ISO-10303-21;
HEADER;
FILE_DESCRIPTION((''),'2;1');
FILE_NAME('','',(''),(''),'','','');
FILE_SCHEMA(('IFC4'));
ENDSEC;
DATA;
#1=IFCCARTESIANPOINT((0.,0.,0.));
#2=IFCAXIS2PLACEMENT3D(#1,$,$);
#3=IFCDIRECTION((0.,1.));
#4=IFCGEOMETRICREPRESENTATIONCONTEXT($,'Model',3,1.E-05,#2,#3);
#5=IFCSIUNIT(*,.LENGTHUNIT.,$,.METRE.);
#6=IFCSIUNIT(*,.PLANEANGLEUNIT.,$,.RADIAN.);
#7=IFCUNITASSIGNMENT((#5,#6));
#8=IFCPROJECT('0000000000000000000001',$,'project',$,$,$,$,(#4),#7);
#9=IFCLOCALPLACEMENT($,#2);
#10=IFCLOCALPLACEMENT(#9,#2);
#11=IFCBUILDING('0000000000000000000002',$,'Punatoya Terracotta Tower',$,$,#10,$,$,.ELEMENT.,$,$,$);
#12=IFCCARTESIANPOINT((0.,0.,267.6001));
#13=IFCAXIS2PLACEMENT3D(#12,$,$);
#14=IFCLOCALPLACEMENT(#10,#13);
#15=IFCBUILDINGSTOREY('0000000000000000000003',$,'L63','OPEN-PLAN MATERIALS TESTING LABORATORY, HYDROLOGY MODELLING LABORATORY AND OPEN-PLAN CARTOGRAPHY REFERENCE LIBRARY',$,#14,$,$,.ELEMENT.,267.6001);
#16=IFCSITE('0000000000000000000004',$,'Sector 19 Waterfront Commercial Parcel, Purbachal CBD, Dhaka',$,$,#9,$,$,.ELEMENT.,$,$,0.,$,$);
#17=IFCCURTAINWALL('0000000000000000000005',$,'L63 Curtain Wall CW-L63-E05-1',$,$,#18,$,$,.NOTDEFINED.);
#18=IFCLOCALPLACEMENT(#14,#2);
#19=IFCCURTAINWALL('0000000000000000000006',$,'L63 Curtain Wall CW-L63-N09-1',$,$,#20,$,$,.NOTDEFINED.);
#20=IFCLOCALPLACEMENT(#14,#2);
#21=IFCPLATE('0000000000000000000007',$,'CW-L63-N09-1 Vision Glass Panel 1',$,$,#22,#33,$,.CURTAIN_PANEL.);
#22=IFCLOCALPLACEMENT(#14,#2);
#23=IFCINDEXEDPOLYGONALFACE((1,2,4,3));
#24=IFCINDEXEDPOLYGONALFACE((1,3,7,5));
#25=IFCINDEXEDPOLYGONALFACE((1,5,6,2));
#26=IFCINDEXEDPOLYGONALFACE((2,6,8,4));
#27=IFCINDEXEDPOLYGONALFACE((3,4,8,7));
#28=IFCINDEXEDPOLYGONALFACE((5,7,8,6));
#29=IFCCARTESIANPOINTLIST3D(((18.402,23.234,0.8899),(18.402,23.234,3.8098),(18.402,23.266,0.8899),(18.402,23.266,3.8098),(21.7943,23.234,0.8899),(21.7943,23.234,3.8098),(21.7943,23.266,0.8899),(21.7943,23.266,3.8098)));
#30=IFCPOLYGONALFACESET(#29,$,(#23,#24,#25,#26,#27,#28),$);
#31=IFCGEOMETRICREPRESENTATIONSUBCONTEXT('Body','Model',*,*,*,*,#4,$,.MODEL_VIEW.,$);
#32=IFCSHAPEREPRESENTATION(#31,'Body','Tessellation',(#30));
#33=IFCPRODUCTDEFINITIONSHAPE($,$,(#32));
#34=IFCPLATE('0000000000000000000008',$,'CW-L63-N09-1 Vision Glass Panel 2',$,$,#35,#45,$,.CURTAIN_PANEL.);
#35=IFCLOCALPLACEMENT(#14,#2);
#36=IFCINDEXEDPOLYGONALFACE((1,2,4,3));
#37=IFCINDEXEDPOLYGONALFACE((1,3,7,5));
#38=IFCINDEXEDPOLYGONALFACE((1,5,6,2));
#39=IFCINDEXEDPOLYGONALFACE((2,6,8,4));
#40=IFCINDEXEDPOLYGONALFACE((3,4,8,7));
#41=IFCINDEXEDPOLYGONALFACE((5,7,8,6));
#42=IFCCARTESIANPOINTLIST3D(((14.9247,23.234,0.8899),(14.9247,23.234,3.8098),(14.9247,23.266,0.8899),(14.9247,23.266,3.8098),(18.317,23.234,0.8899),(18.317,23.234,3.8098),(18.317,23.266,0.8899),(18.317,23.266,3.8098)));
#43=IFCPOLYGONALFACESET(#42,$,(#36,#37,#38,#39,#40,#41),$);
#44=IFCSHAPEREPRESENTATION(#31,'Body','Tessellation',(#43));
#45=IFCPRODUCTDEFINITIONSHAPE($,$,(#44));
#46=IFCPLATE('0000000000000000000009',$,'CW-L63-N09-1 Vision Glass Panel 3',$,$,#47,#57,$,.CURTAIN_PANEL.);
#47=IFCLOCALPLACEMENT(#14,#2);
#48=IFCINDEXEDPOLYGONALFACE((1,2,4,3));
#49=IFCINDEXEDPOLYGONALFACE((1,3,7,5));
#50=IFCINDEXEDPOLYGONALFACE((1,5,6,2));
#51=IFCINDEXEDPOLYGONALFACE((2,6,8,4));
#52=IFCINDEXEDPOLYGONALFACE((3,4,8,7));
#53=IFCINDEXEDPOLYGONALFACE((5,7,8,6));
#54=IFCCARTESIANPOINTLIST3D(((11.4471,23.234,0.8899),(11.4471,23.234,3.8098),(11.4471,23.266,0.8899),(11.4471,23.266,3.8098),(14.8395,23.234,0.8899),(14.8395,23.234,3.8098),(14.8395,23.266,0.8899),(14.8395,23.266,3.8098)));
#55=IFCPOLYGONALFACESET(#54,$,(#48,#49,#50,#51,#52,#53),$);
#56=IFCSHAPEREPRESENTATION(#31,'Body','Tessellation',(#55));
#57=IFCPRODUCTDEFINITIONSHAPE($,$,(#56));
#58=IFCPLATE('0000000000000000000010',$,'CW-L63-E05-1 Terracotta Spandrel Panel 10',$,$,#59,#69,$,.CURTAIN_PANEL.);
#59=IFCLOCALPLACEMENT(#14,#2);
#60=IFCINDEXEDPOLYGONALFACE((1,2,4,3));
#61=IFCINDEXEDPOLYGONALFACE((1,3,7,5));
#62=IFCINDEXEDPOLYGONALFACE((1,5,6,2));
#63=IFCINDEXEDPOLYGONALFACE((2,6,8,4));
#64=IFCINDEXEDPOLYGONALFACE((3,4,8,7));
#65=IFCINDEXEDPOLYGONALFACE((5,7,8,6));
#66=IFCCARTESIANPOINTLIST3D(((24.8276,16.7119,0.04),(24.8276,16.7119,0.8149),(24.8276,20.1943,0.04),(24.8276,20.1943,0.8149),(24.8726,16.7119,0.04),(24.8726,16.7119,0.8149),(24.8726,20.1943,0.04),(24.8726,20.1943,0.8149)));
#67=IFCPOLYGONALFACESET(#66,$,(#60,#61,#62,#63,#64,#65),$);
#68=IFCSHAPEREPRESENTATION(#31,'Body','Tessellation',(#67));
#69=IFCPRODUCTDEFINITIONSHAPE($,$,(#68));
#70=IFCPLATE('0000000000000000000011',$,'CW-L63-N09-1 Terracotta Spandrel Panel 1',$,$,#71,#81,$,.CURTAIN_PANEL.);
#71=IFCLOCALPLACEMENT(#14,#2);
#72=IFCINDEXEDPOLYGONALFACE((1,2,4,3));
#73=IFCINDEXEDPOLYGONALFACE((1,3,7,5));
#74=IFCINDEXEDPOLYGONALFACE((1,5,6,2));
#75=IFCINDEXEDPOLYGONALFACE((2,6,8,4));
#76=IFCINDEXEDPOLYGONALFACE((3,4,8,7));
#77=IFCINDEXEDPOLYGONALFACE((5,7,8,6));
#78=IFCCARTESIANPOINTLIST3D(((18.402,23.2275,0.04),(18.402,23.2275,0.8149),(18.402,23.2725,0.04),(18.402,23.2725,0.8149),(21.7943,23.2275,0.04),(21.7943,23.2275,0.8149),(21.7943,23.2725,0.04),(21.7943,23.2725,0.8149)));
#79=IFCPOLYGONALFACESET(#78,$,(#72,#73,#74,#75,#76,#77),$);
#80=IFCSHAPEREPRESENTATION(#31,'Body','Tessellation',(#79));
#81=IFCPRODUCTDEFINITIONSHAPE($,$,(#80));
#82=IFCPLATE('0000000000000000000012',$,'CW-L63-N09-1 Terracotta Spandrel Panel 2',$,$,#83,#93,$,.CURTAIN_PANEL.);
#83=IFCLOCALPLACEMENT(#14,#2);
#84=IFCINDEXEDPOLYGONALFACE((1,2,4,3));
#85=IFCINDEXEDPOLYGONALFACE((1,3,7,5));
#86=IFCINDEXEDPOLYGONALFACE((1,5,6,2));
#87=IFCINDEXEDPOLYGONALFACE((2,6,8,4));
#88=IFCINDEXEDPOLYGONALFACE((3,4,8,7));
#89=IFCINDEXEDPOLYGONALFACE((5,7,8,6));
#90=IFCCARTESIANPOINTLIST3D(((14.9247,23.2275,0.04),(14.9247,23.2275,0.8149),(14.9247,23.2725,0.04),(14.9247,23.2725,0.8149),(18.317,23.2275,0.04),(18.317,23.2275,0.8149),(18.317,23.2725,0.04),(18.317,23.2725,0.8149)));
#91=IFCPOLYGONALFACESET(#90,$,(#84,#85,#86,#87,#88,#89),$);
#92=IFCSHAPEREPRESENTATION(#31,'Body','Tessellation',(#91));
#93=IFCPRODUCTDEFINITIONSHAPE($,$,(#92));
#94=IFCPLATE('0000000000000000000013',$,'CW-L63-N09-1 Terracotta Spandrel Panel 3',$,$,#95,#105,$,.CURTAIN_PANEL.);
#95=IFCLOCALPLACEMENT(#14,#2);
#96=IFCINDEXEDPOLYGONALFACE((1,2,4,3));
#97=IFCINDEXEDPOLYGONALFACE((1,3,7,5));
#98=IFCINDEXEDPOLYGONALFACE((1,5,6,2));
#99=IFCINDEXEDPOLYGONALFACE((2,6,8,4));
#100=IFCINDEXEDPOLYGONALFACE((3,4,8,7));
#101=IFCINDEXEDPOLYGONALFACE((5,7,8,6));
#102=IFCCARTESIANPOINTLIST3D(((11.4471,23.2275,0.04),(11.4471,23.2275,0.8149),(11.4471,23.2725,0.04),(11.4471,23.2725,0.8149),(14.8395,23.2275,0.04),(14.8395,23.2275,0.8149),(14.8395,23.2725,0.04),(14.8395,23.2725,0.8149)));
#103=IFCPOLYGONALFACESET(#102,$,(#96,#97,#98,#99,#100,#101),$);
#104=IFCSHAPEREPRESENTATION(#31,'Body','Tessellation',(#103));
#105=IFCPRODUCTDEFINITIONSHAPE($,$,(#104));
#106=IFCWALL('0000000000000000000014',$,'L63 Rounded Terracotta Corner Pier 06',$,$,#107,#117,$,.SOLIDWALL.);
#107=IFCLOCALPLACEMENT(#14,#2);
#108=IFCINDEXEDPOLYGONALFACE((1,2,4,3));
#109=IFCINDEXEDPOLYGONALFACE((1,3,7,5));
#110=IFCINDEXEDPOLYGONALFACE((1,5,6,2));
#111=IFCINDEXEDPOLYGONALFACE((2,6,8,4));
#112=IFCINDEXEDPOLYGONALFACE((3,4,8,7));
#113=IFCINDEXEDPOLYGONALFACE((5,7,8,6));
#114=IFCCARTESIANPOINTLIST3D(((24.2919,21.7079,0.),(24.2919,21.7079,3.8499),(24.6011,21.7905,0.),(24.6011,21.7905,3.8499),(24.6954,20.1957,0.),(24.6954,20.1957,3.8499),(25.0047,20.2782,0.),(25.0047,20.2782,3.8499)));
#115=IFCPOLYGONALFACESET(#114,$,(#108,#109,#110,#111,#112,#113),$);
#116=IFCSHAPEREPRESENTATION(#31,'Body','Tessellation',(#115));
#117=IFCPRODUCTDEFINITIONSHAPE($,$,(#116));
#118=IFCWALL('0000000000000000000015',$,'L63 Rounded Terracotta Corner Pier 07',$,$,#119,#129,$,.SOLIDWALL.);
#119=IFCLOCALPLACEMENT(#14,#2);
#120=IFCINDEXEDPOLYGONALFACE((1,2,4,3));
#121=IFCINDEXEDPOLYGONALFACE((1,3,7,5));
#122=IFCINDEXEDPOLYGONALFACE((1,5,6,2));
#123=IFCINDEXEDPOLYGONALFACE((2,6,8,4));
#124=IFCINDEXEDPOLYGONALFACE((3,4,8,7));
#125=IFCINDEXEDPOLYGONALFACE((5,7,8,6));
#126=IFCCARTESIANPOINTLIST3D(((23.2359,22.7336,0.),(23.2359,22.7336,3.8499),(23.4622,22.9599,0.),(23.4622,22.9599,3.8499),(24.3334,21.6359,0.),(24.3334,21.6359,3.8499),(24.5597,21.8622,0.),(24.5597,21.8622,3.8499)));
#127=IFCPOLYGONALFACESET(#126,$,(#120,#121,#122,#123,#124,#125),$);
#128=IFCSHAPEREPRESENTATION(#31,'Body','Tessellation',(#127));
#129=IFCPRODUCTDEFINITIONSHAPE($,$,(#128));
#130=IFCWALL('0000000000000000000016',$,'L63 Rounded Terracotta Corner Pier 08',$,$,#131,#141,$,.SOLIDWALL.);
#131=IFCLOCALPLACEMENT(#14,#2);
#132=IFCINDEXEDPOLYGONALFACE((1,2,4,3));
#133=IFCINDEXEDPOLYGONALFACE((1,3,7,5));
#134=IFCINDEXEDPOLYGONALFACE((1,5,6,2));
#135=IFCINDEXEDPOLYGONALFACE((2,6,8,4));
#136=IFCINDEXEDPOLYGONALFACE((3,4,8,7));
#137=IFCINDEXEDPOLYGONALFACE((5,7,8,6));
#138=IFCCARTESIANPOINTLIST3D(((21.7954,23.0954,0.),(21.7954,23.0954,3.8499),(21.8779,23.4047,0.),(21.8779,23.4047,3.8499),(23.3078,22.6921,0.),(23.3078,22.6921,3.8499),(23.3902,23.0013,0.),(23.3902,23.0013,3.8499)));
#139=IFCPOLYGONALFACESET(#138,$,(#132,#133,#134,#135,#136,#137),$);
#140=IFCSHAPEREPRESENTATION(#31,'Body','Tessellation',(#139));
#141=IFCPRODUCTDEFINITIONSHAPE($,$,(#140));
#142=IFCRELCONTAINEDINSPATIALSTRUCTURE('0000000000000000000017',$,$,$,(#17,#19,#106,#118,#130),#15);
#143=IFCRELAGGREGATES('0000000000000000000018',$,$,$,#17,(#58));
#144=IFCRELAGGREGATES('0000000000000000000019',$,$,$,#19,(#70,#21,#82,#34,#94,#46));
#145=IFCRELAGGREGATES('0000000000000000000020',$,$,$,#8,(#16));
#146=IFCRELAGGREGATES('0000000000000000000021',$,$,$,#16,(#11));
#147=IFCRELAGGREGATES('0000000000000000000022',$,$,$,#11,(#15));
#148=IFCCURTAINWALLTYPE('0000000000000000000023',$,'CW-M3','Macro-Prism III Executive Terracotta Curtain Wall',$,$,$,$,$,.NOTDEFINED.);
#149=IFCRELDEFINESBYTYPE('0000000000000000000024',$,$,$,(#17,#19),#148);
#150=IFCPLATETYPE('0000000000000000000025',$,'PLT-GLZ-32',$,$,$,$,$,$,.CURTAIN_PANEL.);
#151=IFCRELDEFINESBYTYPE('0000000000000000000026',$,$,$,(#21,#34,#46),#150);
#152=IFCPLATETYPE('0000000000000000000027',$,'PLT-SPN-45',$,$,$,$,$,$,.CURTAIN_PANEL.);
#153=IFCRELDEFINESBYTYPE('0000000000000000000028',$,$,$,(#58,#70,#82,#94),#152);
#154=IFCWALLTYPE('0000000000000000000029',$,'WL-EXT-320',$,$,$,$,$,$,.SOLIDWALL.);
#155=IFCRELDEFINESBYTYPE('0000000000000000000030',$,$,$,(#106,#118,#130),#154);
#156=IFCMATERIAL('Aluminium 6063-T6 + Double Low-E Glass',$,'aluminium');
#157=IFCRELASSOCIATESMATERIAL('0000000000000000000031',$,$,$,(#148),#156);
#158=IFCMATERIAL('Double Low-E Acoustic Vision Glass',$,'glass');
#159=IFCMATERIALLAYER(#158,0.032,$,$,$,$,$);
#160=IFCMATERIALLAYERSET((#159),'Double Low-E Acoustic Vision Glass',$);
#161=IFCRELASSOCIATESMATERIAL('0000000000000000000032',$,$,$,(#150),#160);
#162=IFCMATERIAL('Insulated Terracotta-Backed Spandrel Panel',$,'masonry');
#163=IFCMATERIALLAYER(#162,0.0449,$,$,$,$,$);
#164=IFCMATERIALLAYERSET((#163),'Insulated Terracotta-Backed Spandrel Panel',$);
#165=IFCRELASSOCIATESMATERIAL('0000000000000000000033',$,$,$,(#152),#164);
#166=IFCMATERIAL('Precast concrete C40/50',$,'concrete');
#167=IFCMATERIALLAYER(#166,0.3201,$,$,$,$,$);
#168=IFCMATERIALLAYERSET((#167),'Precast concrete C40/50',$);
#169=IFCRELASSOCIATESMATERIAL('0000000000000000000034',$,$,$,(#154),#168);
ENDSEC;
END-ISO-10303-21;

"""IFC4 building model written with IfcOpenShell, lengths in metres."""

from ifc_helpers import new_model, si_unit, direction, frame, frame_2d, origin, origin_2d, place, context, subcontext, project, spatial, rectangle, extrude, material, layer, layer_set, type_object, element, aggregate, save


model = new_model("IFC4")

# Units and contexts
model_context = context("Model", 3, precision=1e-05, world=origin(), true_north=direction((0.0, 1.0)))
body_context = subcontext(model_context, "Body", "Model", "MODEL_VIEW")
ifc_project = project(units=[si_unit("LENGTHUNIT", "METRE"), si_unit("PLANEANGLEUNIT", "RADIAN")], contexts=[model_context])

# Site, building, storey
site_placement = place(None, origin())
site = spatial("IfcSite", under=ifc_project, at=site_placement, Name="Sector 19 Waterfront Commercial Parcel, Purbachal CBD, Dhaka", CompositionType="ELEMENT", RefElevation=0.0)
building_placement = place(site_placement, origin())
building = spatial("IfcBuilding", under=site, at=building_placement, Name="Punatoya Terracotta Tower", CompositionType="ELEMENT")
storey_placement = place(building_placement, frame((0.0, 0.0, 267.6001)))
storey = spatial("IfcBuildingStorey", under=building, at=storey_placement, Name="L63", Description="OPEN-PLAN MATERIALS TESTING LABORATORY, HYDROLOGY MODELLING LABORATORY AND OPEN-PLAN CARTOGRAPHY REFERENCE LIBRARY", CompositionType="ELEMENT", Elevation=267.6001)

# Curtain wall
ifc_material_1 = material(Name="Aluminium 6063-T6 + Double Low-E Glass", Category="aluminium")
curtain_wall_type = type_object("IfcCurtainWallType", Name="CW-M3", Description="Macro-Prism III Executive Terracotta Curtain Wall", PredefinedType="NOTDEFINED", material=ifc_material_1)
curtain_wall_1_placement = place(storey_placement, origin())
curtain_wall_1 = element("IfcCurtainWall", 1, at=curtain_wall_1_placement, inside=storey, type_object=curtain_wall_type, Name="L63 Curtain Wall CW-L63-E05-1", PredefinedType="NOTDEFINED")

# Curtain wall
curtain_wall_2_placement = place(storey_placement, origin())
curtain_wall_2 = element("IfcCurtainWall", 2, at=curtain_wall_2_placement, inside=storey, type_object=curtain_wall_type, Name="L63 Curtain Wall CW-L63-N09-1", PredefinedType="NOTDEFINED")

# Plates
ifc_material_2 = material(Name="Double Low-E Acoustic Vision Glass", Category="glass")
ifc_layer_1 = layer(ifc_material_2, 0.032)
ifc_layer_set_1 = layer_set([ifc_layer_1], Name="Double Low-E Acoustic Vision Glass")
plate_type_1 = type_object("IfcPlateType", Name="PLT-GLZ-32", PredefinedType="CURTAIN_PANEL", material=ifc_layer_set_1)
plate_1_placement = place(storey_placement, frame((20.0981, 23.25, 0.8899), z_axis=(0.0, 0.0, 1.0), x_axis=(-1.0, 0.0, 0.0)))
plate_1 = element("IfcPlate", 3, at=plate_1_placement, type_object=plate_type_1, Name="CW-L63-N09-1 Vision Glass Panel 1", PredefinedType="CURTAIN_PANEL", context=body_context, shape_type="SweptSolid", body=[
    extrude(rectangle(XDim=3.3923, YDim=0.032, at=origin_2d()), origin(), (0.0, 0.0, 1.0), 2.9199),
])
plate_2_placement = place(storey_placement, frame((16.6208, 23.25, 0.8899), z_axis=(0.0, 0.0, 1.0), x_axis=(-1.0, 0.0, 0.0)))
plate_2 = element("IfcPlate", 4, at=plate_2_placement, type_object=plate_type_1, Name="CW-L63-N09-1 Vision Glass Panel 2", PredefinedType="CURTAIN_PANEL", context=body_context, shape_type="SweptSolid", body=[
    extrude(rectangle(XDim=3.3923, YDim=0.032, at=origin_2d()), origin(), (0.0, 0.0, 1.0), 2.9199),
])
plate_3_placement = place(storey_placement, frame((13.1433, 23.25, 0.8899), z_axis=(0.0, 0.0, 1.0), x_axis=(-1.0, 0.0, 0.0)))
plate_3 = element("IfcPlate", 5, at=plate_3_placement, type_object=plate_type_1, Name="CW-L63-N09-1 Vision Glass Panel 3", PredefinedType="CURTAIN_PANEL", context=body_context, shape_type="SweptSolid", body=[
    extrude(rectangle(XDim=3.3923, YDim=0.032, at=origin_2d()), origin(), (0.0, 0.0, 1.0), 2.9199),
])
ifc_material_3 = material(Name="Insulated Terracotta-Backed Spandrel Panel", Category="masonry")
ifc_layer_2 = layer(ifc_material_3, 0.0449)
ifc_layer_set_2 = layer_set([ifc_layer_2], Name="Insulated Terracotta-Backed Spandrel Panel")
plate_type_2 = type_object("IfcPlateType", Name="PLT-SPN-45", PredefinedType="CURTAIN_PANEL", material=ifc_layer_set_2)
plate_4_placement = place(storey_placement, frame((24.8501, 18.4531, 0.04), z_axis=(0.0, 0.0, 1.0), x_axis=(0.0, 1.0, 0.0)))
plate_4 = element("IfcPlate", 6, at=plate_4_placement, type_object=plate_type_2, Name="CW-L63-E05-1 Terracotta Spandrel Panel 10", PredefinedType="CURTAIN_PANEL", context=body_context, shape_type="SweptSolid", body=[
    extrude(rectangle(XDim=3.4824, YDim=0.0449, at=origin_2d()), origin(), (0.0, 0.0, 1.0), 0.7749),
])
aggregate(curtain_wall_1, [plate_4])
plate_5_placement = place(storey_placement, frame((20.0981, 23.25, 0.04), z_axis=(0.0, 0.0, 1.0), x_axis=(-1.0, 0.0, 0.0)))
plate_5 = element("IfcPlate", 7, at=plate_5_placement, type_object=plate_type_2, Name="CW-L63-N09-1 Terracotta Spandrel Panel 1", PredefinedType="CURTAIN_PANEL", context=body_context, shape_type="SweptSolid", body=[
    extrude(rectangle(XDim=3.3923, YDim=0.0449, at=origin_2d()), origin(), (0.0, 0.0, 1.0), 0.7749),
])
plate_6_placement = place(storey_placement, frame((16.6208, 23.25, 0.04), z_axis=(0.0, 0.0, 1.0), x_axis=(-1.0, 0.0, 0.0)))
plate_6 = element("IfcPlate", 8, at=plate_6_placement, type_object=plate_type_2, Name="CW-L63-N09-1 Terracotta Spandrel Panel 2", PredefinedType="CURTAIN_PANEL", context=body_context, shape_type="SweptSolid", body=[
    extrude(rectangle(XDim=3.3923, YDim=0.0449, at=origin_2d()), origin(), (0.0, 0.0, 1.0), 0.7749),
])
plate_7_placement = place(storey_placement, frame((13.1433, 23.25, 0.04), z_axis=(0.0, 0.0, 1.0), x_axis=(-1.0, 0.0, 0.0)))
plate_7 = element("IfcPlate", 9, at=plate_7_placement, type_object=plate_type_2, Name="CW-L63-N09-1 Terracotta Spandrel Panel 3", PredefinedType="CURTAIN_PANEL", context=body_context, shape_type="SweptSolid", body=[
    extrude(rectangle(XDim=3.3923, YDim=0.0449, at=origin_2d()), origin(), (0.0, 0.0, 1.0), 0.7749),
])
aggregate(curtain_wall_2, [plate_5, plate_1, plate_6, plate_2, plate_7, plate_3])

# Walls
ifc_material_4 = material(Name="Precast concrete C40/50", Category="concrete")
ifc_layer_3 = layer(ifc_material_4, 0.3201)
ifc_layer_set_3 = layer_set([ifc_layer_3], Name="Precast concrete C40/50")
wall_type = type_object("IfcWallType", Name="WL-EXT-320", PredefinedType="SOLIDWALL", material=ifc_layer_set_3)
wall_1_placement = place(storey_placement, frame((24.8501, 20.2368, 0.0), z_axis=(0.0, 0.0, 1.0), x_axis=(-0.257847, 0.966186, 0.0)))
element("IfcWall", 10, at=wall_1_placement, inside=storey, type_object=wall_type, Name="L63 Rounded Terracotta Corner Pier 06", PredefinedType="SOLIDWALL", context=body_context, shape_type="SweptSolid", body=[
    extrude(rectangle(XDim=1.5652, YDim=0.3201, at=frame_2d((0.7827, 0.0))), origin(), (0.0, 0.0, 1.0), 3.8499),
])
wall_2_placement = place(storey_placement, frame((24.4465, 21.749, 0.0), z_axis=(0.0, 0.0, 1.0), x_axis=(-0.707028, 0.707185, 0.0)))
element("IfcWall", 11, at=wall_2_placement, inside=storey, type_object=wall_type, Name="L63 Rounded Terracotta Corner Pier 07", PredefinedType="SOLIDWALL", context=body_context, shape_type="SweptSolid", body=[
    extrude(rectangle(XDim=1.5522, YDim=0.3201, at=frame_2d((0.7761, 0.0))), origin(), (0.0, 0.0, 1.0), 3.8499),
])
wall_3_placement = place(storey_placement, frame((23.3491, 22.8467, 0.0), z_axis=(0.0, 0.0, 1.0), x_axis=(-0.966225, 0.257701, 0.0)))
element("IfcWall", 12, at=wall_3_placement, inside=storey, type_object=wall_type, Name="L63 Rounded Terracotta Corner Pier 08", PredefinedType="SOLIDWALL", context=body_context, shape_type="SweptSolid", body=[
    extrude(rectangle(XDim=1.5652, YDim=0.3201, at=frame_2d((0.7827, 0.0))), origin(), (0.0, 0.0, 1.0), 3.8499),
])

save(model, "model.ifc")
